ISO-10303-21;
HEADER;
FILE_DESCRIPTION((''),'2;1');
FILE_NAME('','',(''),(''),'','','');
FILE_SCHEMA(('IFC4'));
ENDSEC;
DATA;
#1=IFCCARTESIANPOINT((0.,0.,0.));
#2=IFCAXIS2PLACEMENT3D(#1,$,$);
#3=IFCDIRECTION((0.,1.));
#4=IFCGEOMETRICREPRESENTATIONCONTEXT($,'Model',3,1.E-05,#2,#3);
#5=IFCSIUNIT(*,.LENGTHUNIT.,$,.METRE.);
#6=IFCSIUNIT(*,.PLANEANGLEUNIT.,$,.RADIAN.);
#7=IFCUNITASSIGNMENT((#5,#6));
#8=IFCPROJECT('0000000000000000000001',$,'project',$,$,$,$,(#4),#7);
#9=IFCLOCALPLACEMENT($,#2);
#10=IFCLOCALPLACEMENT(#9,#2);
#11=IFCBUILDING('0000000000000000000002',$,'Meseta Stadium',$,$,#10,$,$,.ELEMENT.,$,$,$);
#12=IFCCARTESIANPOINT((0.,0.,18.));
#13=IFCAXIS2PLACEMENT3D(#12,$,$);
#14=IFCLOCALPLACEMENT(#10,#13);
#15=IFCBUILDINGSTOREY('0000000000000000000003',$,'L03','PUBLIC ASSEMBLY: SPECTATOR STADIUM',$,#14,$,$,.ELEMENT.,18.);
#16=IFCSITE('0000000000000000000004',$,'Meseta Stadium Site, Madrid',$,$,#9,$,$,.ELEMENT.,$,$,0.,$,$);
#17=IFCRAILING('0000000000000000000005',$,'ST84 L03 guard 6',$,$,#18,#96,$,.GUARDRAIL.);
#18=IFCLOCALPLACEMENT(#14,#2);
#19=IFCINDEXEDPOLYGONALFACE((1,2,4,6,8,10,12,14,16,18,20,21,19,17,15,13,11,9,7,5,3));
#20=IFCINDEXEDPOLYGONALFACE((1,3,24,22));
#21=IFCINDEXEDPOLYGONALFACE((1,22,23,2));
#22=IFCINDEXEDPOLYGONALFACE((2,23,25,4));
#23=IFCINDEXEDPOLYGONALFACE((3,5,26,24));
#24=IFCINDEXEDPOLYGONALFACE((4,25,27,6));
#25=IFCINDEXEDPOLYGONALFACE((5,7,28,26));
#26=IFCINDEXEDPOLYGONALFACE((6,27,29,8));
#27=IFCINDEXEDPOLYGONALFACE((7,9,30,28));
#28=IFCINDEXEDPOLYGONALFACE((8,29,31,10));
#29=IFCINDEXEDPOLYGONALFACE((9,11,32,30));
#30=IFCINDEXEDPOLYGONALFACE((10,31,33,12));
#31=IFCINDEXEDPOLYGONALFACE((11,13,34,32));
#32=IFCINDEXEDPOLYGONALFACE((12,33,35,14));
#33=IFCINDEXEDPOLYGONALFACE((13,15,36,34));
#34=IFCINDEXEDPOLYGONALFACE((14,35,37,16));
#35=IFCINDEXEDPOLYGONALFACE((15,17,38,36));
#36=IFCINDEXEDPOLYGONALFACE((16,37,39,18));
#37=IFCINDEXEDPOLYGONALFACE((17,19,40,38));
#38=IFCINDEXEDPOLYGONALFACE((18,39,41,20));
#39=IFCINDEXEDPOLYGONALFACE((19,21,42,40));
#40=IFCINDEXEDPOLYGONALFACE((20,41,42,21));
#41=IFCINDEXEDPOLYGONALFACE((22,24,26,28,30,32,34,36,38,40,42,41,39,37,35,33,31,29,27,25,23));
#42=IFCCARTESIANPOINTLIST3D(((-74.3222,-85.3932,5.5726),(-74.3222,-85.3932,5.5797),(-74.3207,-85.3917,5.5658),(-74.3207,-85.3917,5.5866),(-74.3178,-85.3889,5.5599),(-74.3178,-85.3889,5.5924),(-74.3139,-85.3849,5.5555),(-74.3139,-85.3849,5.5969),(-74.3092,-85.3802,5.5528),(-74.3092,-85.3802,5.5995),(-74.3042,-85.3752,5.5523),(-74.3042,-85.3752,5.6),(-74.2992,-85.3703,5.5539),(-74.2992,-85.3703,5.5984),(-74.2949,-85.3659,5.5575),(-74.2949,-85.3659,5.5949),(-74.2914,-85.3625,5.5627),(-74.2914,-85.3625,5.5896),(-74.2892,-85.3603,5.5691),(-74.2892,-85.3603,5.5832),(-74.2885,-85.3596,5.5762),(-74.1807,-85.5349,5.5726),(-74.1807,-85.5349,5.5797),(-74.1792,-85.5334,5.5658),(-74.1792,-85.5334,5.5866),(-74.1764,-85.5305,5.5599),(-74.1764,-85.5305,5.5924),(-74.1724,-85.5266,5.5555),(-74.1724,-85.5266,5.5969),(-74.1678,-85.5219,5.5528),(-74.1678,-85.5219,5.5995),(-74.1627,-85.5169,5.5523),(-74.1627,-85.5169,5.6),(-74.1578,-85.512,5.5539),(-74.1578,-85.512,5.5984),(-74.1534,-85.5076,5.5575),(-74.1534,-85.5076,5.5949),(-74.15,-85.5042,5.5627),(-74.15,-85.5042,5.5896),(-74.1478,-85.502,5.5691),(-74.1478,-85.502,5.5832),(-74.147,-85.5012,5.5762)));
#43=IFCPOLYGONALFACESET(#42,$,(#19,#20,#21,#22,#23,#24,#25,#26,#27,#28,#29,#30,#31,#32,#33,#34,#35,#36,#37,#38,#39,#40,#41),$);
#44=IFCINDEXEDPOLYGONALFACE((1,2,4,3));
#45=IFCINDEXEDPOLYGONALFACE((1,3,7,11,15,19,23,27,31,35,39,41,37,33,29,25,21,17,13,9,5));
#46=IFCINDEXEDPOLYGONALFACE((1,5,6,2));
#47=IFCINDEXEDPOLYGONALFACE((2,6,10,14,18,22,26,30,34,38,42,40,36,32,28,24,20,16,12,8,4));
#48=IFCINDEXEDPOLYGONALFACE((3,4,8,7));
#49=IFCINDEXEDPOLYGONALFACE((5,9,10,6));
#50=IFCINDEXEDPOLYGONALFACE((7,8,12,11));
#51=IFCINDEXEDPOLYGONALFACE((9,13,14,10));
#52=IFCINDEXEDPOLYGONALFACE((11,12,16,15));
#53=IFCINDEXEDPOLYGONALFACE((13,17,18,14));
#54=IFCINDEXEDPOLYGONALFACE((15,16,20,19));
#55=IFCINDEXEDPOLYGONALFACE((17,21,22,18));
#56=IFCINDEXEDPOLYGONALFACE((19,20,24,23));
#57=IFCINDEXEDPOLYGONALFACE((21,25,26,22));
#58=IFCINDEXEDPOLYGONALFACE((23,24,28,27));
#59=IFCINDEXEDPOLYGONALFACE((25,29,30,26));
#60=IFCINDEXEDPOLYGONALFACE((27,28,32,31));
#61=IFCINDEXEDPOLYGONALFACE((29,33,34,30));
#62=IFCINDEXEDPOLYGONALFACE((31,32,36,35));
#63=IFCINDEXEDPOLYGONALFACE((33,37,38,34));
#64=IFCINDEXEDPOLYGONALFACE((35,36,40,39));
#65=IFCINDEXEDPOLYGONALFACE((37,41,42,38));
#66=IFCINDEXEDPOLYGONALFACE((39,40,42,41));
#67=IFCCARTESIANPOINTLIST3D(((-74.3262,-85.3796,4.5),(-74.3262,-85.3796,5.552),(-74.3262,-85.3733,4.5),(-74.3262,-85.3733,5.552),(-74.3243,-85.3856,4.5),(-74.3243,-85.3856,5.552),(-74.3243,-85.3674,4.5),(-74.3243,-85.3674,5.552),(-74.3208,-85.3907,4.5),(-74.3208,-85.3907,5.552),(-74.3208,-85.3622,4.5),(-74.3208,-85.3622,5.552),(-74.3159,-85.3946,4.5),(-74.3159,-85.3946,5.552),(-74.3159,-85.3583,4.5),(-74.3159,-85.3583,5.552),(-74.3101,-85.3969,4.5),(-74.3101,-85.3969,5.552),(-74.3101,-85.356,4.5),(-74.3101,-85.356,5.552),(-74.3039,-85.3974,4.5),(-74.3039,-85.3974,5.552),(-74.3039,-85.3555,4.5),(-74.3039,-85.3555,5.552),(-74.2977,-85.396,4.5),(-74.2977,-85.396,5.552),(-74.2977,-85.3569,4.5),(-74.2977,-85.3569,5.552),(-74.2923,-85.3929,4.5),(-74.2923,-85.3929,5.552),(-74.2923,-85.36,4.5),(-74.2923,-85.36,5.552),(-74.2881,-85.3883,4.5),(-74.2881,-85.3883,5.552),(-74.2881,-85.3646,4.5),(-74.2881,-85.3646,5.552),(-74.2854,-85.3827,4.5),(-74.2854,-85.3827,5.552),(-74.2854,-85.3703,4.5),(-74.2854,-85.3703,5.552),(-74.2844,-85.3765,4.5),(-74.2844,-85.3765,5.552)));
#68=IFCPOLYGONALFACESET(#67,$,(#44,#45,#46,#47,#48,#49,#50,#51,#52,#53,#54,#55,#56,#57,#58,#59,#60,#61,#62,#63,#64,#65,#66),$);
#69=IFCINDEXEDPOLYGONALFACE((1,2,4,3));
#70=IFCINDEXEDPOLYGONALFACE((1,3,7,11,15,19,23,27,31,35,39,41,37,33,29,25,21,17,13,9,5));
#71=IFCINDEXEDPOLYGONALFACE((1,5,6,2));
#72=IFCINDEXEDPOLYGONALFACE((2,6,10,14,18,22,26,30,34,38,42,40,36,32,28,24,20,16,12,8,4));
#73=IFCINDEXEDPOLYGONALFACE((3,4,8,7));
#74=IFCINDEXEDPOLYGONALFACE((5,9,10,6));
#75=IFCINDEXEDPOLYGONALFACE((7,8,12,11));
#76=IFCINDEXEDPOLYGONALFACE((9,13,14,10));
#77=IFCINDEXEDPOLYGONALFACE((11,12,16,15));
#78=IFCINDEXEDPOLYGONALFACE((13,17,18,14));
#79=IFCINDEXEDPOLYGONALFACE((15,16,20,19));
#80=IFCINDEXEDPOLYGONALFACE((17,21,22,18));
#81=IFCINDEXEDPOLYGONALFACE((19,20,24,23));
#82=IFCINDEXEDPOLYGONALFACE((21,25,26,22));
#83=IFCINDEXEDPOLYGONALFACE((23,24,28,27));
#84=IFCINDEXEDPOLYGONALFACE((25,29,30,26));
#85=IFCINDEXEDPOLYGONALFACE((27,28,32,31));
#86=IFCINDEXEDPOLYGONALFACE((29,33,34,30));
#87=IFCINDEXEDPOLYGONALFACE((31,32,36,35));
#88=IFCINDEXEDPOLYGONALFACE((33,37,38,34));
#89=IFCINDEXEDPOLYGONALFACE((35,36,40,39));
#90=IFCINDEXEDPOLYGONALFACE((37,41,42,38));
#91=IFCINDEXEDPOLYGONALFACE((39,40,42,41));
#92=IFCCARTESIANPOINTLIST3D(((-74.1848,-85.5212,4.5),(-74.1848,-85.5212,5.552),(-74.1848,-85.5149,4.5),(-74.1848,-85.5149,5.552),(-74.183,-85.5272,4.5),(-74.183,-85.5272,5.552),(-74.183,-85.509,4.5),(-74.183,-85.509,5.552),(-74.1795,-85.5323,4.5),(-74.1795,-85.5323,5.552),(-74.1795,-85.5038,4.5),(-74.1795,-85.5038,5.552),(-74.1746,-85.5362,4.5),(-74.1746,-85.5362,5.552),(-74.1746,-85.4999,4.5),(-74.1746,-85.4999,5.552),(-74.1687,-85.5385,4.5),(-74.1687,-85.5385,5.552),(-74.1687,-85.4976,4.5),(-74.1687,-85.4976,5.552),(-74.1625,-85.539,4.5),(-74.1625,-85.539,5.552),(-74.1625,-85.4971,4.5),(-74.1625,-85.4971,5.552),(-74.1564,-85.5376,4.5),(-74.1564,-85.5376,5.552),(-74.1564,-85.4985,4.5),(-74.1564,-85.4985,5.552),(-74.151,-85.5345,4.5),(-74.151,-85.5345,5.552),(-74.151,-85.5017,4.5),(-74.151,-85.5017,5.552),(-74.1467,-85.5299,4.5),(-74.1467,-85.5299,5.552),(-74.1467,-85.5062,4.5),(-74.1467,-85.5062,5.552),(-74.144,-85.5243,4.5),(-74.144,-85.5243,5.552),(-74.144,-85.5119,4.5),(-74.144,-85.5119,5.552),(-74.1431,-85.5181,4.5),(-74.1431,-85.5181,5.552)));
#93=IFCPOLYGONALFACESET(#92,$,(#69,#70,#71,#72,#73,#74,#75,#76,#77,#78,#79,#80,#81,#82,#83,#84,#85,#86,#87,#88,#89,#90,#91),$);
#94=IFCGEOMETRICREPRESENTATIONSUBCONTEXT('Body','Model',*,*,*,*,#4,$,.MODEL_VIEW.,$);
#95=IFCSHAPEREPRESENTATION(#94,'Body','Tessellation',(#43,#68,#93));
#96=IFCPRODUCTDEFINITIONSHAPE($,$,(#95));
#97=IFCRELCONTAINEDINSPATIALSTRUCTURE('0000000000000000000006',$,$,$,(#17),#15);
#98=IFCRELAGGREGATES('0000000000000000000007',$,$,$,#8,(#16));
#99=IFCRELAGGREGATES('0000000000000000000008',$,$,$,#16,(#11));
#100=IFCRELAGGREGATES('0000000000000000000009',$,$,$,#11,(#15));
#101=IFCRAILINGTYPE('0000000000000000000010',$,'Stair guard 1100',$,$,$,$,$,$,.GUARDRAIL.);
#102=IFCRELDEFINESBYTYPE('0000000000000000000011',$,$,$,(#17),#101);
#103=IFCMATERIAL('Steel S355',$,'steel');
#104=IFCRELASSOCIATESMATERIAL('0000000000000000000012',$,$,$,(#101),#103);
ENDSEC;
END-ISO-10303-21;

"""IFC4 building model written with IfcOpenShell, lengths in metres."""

from ifc_helpers import new_model, si_unit, direction, frame, origin, origin_2d, place, context, subcontext, project, spatial, circle, extrude, material, type_object, element, save


model = new_model("IFC4")

# Units and contexts
model_context = context("Model", 3, precision=1e-05, world=origin(), true_north=direction((0.0, 1.0)))
body_context = subcontext(model_context, "Body", "Model", "MODEL_VIEW")
ifc_project = project(units=[si_unit("LENGTHUNIT", "METRE"), si_unit("PLANEANGLEUNIT", "RADIAN")], contexts=[model_context])

# Site, building, storey
site_placement = place(None, origin())
site = spatial("IfcSite", under=ifc_project, at=site_placement, Name="Meseta Stadium Site, Madrid", CompositionType="ELEMENT", RefElevation=0.0)
building_placement = place(site_placement, origin())
building = spatial("IfcBuilding", under=site, at=building_placement, Name="Meseta Stadium", CompositionType="ELEMENT")
storey_placement = place(building_placement, frame((0.0, 0.0, 18.0)))
storey = spatial("IfcBuildingStorey", under=building, at=storey_placement, Name="L03", Description="PUBLIC ASSEMBLY: SPECTATOR STADIUM", CompositionType="ELEMENT", Elevation=18.0)

# Railing
ifc_material_1 = material(Name="Steel S355", Category="steel")
railing_type_1 = type_object("IfcRailingType", Name="Stair guard 1100", PredefinedType="GUARDRAIL", material=ifc_material_1)
railing_1_placement = place(storey_placement, frame((-74.3054, -85.3765, 4.5)))
element("IfcRailing", 1, at=railing_1_placement, inside=storey, type_object=railing_type_1, Name="ST84 L03 guard 6", PredefinedType="GUARDRAIL", context=body_context, shape_type="SweptSolid", body=[
    extrude(circle(Radius=0.0239, at=origin_2d()), frame((0.0, 0.0, 1.0762), z_axis=(0.706496, -0.707717, 0.0), x_axis=(0.707717, 0.706496, 0.0)), (0.0, 0.0, 1.0), 0.2002),
    extrude(circle(Radius=0.021, at=origin_2d()), origin(), (0.0, 0.0, 1.0), 1.052),
    extrude(circle(Radius=0.021, at=origin_2d()), frame((0.1414, -0.1416, 0.0)), (0.0, 0.0, 1.0), 1.052),
])

save(model, "model.ifc")
